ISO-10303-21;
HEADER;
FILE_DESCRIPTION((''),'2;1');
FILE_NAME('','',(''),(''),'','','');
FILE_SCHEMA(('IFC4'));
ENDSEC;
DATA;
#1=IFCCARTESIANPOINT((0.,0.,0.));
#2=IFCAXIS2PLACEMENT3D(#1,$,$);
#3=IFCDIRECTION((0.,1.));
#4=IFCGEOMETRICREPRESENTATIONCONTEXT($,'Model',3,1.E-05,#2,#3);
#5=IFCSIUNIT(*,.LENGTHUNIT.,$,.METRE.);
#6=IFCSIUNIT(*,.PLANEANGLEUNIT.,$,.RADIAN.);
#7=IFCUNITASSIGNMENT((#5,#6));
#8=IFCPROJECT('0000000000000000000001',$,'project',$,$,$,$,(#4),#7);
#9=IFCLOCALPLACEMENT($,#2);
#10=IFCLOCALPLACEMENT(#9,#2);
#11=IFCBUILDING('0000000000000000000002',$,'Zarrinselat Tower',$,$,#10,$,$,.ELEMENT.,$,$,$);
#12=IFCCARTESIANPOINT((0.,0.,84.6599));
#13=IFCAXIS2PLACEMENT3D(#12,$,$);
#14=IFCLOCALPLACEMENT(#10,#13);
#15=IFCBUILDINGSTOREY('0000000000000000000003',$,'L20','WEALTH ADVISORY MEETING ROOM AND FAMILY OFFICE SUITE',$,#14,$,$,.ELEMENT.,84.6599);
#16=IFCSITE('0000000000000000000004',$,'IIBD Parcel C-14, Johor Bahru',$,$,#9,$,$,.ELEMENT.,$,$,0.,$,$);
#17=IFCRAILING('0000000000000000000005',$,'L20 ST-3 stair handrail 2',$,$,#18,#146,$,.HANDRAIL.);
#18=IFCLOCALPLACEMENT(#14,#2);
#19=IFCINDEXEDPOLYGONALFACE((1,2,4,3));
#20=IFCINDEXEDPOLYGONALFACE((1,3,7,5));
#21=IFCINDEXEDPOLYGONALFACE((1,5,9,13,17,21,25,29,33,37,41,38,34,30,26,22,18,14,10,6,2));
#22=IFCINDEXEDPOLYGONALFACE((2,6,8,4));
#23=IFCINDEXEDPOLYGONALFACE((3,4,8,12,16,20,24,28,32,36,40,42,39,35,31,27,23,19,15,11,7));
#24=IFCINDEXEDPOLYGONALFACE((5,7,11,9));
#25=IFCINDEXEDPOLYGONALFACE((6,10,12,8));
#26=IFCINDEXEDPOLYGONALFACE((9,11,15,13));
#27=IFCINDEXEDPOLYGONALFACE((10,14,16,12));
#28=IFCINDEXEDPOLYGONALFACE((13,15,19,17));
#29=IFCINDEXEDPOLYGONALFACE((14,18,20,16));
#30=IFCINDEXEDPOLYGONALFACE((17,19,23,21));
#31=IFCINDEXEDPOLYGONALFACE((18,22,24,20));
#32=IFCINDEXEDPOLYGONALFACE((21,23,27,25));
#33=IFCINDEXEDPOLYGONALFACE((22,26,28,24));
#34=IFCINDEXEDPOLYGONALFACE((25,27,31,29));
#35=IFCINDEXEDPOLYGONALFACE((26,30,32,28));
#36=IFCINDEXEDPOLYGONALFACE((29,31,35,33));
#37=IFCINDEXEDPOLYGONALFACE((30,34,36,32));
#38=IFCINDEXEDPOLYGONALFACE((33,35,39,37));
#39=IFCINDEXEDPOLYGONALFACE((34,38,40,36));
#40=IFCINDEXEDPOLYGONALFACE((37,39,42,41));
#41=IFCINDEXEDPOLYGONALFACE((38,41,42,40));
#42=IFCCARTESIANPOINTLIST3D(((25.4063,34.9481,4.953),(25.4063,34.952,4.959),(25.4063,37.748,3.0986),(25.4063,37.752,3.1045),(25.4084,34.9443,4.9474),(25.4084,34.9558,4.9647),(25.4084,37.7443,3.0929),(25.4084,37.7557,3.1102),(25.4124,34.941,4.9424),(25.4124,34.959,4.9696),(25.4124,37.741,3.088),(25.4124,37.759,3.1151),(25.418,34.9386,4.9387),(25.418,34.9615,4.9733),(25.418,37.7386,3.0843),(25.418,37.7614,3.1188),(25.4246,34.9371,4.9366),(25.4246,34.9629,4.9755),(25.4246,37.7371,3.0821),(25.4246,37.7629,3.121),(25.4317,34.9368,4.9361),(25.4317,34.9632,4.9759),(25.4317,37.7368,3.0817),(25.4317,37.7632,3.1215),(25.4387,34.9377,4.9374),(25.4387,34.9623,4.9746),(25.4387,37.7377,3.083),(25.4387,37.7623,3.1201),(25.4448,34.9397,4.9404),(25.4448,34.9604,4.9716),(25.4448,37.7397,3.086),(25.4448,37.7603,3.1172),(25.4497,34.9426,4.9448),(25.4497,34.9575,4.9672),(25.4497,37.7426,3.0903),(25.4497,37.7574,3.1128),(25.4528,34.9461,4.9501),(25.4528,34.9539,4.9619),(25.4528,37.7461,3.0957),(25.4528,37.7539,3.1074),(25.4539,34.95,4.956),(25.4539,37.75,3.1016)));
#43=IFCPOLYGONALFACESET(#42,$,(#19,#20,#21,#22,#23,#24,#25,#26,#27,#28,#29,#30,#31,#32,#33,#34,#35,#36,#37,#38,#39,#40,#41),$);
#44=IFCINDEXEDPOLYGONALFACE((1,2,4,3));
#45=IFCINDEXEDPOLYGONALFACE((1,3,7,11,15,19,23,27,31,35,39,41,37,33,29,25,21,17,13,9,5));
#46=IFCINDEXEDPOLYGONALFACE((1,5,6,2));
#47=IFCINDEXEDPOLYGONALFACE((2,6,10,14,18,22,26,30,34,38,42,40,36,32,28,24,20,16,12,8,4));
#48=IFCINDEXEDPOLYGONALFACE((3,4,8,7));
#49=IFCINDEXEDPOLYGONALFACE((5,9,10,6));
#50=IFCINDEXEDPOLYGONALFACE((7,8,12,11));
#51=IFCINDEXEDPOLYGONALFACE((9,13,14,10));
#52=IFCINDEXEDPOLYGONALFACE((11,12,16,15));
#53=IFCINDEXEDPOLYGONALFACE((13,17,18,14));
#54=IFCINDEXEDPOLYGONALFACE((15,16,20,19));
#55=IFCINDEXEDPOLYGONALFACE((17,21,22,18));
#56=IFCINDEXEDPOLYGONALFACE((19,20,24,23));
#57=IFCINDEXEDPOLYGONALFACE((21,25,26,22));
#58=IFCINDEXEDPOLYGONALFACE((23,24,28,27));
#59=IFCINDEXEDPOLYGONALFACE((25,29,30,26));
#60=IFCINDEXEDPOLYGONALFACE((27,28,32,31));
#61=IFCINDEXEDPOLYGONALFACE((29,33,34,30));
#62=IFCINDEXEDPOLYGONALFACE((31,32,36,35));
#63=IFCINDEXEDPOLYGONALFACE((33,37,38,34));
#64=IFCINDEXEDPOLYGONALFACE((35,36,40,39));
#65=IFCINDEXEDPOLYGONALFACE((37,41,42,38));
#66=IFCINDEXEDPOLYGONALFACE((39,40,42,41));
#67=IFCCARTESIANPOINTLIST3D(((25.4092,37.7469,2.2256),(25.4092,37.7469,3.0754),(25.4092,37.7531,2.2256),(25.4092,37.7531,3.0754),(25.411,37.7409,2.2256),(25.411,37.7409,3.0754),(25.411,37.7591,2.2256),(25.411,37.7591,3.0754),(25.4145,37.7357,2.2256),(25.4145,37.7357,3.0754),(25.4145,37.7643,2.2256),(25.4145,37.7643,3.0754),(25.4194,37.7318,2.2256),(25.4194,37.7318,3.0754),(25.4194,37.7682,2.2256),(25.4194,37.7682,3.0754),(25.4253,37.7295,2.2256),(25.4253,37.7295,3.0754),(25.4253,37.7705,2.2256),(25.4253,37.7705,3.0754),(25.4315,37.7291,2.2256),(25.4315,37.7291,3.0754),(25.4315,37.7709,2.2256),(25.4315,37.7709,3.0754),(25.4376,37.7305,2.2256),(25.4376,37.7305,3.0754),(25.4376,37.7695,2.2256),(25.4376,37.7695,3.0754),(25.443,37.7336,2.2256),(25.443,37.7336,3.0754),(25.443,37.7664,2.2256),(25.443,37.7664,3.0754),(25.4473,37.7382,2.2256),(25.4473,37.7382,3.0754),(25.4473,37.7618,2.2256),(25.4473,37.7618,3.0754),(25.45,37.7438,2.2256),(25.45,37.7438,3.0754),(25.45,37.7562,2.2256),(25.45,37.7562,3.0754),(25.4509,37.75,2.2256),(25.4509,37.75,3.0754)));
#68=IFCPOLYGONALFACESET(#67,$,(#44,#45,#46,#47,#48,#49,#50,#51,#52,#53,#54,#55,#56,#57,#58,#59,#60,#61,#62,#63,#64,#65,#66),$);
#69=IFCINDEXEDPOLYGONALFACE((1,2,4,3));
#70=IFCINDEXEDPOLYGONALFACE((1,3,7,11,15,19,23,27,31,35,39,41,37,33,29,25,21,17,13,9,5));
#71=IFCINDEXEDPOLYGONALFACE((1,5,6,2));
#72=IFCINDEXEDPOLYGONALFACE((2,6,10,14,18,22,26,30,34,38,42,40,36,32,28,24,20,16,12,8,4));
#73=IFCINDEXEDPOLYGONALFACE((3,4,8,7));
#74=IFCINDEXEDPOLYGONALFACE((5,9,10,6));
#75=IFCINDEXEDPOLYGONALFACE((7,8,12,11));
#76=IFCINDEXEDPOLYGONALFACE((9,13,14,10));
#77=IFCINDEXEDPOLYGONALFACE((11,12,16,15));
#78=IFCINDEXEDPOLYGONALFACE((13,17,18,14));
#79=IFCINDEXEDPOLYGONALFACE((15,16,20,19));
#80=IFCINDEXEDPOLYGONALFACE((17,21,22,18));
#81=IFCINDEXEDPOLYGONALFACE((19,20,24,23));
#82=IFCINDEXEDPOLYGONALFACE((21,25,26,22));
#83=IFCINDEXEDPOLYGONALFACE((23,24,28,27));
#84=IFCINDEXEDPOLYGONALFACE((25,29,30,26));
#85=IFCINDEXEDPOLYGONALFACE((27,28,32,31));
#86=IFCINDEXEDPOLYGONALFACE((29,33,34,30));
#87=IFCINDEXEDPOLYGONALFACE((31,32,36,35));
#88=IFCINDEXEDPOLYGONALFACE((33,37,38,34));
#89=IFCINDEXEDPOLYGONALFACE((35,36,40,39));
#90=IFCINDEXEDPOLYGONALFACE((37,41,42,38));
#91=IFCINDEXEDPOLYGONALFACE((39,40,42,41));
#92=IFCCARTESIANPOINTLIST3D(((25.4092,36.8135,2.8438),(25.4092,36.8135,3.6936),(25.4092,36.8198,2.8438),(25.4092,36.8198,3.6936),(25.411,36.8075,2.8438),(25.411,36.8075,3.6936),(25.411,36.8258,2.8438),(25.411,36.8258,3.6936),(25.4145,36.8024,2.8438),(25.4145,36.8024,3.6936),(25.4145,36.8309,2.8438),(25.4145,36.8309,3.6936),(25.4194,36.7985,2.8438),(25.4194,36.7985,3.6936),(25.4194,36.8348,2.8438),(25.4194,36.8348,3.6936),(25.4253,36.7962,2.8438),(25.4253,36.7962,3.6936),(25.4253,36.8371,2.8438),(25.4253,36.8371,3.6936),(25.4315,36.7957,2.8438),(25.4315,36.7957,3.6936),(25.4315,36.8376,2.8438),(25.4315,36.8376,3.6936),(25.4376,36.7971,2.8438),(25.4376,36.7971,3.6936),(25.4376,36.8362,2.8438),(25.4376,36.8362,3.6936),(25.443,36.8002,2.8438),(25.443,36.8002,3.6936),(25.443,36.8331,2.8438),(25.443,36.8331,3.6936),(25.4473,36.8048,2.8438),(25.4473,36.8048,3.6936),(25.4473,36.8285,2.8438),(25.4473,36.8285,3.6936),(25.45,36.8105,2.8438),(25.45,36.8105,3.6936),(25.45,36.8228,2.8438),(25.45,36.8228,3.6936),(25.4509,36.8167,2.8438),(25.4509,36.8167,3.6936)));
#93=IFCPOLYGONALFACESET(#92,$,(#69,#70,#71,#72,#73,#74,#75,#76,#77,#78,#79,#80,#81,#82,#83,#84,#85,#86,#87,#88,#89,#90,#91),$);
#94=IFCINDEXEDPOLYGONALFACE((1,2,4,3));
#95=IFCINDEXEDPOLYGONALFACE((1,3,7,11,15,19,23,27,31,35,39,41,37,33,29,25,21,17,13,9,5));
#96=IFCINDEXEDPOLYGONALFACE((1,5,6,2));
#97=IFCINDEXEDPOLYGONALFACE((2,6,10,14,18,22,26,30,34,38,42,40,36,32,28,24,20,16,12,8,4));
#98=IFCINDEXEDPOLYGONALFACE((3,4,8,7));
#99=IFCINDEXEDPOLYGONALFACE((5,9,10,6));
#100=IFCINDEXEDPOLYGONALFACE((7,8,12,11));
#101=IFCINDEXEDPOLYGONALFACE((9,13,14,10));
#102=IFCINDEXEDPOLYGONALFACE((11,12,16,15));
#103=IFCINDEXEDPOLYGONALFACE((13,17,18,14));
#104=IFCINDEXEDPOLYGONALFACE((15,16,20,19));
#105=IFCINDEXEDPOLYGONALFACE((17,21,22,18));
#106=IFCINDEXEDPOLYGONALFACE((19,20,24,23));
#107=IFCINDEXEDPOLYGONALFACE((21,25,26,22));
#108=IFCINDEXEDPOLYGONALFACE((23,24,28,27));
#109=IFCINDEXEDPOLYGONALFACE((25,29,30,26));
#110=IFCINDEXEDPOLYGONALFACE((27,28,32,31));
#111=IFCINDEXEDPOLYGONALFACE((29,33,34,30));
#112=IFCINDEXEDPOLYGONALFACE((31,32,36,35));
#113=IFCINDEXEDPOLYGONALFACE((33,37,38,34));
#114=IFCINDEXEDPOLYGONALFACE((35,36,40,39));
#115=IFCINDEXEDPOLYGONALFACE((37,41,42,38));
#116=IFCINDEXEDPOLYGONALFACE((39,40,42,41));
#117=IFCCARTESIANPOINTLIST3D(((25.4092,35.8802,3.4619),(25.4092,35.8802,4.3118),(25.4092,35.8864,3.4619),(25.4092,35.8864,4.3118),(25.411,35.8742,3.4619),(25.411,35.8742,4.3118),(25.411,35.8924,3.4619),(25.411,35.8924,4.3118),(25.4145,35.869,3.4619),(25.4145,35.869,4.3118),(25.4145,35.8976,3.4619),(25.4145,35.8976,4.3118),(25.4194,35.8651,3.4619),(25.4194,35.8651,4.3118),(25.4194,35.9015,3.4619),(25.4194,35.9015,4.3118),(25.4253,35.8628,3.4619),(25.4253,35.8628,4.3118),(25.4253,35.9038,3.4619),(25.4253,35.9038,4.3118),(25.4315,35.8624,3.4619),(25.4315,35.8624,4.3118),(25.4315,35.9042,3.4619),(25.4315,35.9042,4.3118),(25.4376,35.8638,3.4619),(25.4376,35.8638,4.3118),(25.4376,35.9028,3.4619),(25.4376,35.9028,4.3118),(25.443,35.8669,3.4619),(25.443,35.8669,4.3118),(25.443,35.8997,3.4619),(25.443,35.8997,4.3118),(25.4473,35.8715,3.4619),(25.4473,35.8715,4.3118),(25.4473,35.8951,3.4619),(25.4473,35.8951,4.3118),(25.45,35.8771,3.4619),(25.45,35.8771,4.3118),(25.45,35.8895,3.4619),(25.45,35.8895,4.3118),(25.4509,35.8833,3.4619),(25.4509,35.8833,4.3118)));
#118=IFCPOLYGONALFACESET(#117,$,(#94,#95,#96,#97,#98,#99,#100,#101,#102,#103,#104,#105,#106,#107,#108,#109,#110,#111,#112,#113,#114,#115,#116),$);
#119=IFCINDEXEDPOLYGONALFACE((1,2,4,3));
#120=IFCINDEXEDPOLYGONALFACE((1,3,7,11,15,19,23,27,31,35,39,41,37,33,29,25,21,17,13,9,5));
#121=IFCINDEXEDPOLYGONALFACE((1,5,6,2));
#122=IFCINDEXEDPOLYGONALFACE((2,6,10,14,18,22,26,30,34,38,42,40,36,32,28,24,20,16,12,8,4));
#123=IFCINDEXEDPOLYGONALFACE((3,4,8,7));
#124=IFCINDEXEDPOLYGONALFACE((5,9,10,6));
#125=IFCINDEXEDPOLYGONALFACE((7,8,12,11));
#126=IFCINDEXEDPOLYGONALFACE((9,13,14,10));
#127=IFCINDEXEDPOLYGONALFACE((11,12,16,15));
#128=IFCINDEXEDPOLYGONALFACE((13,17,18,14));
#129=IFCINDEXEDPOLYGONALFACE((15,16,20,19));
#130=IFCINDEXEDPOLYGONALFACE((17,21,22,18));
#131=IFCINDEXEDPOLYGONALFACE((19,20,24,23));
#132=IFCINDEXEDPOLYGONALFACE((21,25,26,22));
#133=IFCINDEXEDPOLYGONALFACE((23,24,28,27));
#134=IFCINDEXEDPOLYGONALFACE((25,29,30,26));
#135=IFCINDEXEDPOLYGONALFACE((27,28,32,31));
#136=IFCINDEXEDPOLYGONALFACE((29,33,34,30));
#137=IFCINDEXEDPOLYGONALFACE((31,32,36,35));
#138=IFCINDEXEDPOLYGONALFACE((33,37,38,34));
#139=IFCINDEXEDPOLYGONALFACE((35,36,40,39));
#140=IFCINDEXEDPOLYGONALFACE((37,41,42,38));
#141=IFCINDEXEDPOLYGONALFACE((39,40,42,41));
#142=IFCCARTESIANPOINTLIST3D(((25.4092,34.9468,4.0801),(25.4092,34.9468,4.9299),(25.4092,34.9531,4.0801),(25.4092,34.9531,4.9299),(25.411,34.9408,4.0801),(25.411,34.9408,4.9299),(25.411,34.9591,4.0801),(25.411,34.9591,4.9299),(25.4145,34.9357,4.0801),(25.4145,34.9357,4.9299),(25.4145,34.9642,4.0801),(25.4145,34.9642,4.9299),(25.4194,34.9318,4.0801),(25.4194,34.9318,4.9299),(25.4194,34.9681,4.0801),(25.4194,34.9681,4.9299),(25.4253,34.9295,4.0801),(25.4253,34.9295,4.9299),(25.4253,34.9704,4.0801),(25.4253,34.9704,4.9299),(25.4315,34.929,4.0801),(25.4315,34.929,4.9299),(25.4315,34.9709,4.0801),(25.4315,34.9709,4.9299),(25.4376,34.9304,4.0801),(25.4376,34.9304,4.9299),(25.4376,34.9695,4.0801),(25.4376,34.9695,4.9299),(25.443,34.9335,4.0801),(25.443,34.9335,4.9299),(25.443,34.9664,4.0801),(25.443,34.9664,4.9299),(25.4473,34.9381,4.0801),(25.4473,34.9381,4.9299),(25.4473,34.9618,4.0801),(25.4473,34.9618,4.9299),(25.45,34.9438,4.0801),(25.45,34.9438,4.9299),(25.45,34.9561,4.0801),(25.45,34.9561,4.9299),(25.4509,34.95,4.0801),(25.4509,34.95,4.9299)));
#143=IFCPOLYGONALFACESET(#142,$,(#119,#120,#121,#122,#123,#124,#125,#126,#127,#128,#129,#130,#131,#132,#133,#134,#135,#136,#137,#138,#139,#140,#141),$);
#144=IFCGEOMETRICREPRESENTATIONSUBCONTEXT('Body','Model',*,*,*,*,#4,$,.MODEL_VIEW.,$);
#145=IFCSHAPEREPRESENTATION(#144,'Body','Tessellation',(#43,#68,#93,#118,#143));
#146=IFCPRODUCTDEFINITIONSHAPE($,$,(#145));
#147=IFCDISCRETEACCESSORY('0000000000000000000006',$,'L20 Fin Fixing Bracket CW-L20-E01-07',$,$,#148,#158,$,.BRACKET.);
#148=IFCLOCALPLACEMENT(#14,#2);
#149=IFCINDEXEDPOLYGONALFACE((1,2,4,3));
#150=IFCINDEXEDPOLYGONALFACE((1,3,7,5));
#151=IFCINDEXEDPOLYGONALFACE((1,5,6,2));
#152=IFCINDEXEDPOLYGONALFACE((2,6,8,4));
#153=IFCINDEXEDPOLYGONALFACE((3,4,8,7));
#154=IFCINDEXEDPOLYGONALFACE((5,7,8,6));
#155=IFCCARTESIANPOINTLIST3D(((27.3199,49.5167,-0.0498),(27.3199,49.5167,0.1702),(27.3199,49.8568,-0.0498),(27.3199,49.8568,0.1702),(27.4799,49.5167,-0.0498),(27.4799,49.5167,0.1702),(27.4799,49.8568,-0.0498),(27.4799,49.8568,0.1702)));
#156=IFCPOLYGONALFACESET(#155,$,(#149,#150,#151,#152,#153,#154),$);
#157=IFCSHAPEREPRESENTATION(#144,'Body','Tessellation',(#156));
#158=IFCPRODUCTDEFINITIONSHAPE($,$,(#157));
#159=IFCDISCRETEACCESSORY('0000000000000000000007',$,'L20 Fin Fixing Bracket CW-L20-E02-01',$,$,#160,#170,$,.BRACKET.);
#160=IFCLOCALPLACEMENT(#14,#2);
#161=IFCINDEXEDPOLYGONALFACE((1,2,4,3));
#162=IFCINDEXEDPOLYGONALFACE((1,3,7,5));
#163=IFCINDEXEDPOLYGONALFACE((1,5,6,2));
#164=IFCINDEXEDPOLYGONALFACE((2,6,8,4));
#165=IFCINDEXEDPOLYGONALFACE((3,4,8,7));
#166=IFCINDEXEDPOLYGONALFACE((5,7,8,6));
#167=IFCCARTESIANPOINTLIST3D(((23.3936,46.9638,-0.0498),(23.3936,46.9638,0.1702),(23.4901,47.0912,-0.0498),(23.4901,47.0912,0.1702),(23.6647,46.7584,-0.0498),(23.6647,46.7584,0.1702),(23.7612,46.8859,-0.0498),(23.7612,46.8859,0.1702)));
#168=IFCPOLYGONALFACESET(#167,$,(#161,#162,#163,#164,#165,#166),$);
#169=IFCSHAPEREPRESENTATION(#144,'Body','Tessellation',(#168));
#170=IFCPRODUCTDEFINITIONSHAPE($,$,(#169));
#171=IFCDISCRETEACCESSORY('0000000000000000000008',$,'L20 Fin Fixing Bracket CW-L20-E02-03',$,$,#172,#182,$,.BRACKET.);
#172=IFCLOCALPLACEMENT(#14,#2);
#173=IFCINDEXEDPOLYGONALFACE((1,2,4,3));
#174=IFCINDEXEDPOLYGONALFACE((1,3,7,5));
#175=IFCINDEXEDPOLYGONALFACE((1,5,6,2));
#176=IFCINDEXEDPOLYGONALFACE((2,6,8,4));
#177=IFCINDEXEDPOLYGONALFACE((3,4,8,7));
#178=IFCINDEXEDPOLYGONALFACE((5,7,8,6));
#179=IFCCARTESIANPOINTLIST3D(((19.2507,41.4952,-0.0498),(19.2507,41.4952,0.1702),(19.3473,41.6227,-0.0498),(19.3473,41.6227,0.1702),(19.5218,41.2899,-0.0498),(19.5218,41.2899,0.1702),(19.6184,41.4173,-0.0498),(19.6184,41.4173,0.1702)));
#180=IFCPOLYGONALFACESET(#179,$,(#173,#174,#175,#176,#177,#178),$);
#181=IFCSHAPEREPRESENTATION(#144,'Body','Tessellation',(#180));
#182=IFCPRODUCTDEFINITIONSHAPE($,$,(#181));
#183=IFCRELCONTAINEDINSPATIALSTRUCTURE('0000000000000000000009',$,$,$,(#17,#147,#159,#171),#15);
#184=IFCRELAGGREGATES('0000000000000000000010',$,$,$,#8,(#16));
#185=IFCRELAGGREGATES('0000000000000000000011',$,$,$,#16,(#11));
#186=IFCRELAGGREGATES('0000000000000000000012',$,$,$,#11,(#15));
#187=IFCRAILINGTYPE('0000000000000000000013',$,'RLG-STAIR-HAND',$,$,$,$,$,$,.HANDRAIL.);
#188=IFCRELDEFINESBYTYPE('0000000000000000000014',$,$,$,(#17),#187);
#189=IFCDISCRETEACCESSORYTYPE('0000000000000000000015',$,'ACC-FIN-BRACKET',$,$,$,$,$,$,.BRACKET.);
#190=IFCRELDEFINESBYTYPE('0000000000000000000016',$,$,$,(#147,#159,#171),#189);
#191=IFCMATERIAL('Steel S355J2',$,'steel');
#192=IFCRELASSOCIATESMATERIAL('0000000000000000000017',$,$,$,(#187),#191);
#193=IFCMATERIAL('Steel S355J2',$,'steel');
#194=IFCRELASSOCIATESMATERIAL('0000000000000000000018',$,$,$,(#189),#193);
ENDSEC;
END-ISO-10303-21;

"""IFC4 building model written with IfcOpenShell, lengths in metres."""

from ifc_helpers import new_model, si_unit, direction, frame, origin, origin_2d, place, context, subcontext, project, spatial, rectangle, circle, extrude, material, type_object, element, save


model = new_model("IFC4")

# Units and contexts
model_context = context("Model", 3, precision=1e-05, world=origin(), true_north=direction((0.0, 1.0)))
body_context = subcontext(model_context, "Body", "Model", "MODEL_VIEW")
ifc_project = project(units=[si_unit("LENGTHUNIT", "METRE"), si_unit("PLANEANGLEUNIT", "RADIAN")], contexts=[model_context])

# Site, building, storey
site_placement = place(None, origin())
site = spatial("IfcSite", under=ifc_project, at=site_placement, Name="IIBD Parcel C-14, Johor Bahru", CompositionType="ELEMENT", RefElevation=0.0)
building_placement = place(site_placement, origin())
building = spatial("IfcBuilding", under=site, at=building_placement, Name="Zarrinselat Tower", CompositionType="ELEMENT")
storey_placement = place(building_placement, frame((0.0, 0.0, 84.6599)))
storey = spatial("IfcBuildingStorey", under=building, at=storey_placement, Name="L20", Description="WEALTH ADVISORY MEETING ROOM AND FAMILY OFFICE SUITE", CompositionType="ELEMENT", Elevation=84.6599)

# Railing
ifc_material_1 = material(Name="Steel S355J2", Category="steel")
railing_type_1 = type_object("IfcRailingType", Name="RLG-STAIR-HAND", PredefinedType="HANDRAIL", material=ifc_material_1)
railing_1_placement = place(storey_placement, frame((25.4299, 37.75, 2.2256)))
element("IfcRailing", 1, at=railing_1_placement, inside=storey, type_object=railing_type_1, Name="L20 ST-3 stair handrail 2", PredefinedType="HANDRAIL", context=body_context, shape_type="SweptSolid", body=[
    extrude(circle(Radius=0.0239, at=origin_2d()), frame((0.0, 0.0, 0.876), z_axis=(0.0, -0.833724, 0.552181), x_axis=(1.0, 0.0, 0.0)), (0.0, 0.0, 1.0), 3.3584),
    extrude(circle(Radius=0.021, at=origin_2d()), origin(), (0.0, 0.0, 1.0), 0.8499),
    extrude(circle(Radius=0.021, at=origin_2d()), frame((0.0, -0.9333, 0.6182)), (0.0, 0.0, 1.0), 0.8499),
    extrude(circle(Radius=0.021, at=origin_2d()), frame((0.0, -1.8667, 1.2363)), (0.0, 0.0, 1.0), 0.8499),
    extrude(circle(Radius=0.021, at=origin_2d()), frame((0.0, -2.8, 1.8545)), (0.0, 0.0, 1.0), 0.8499),
])

# Discrete accessories
ifc_material_2 = material(Name="Steel S355J2", Category="steel")
discrete_accessory_type = type_object("IfcDiscreteAccessoryType", Name="ACC-FIN-BRACKET", PredefinedType="BRACKET", material=ifc_material_2)
for number, where, z_axis, x_axis, name in (
    (2, (27.3999, 49.6868, -0.0498), (0.0, 0.0, 1.0), (0.0, 1.0, 0.0), "L20 Fin Fixing Bracket CW-L20-E01-07"),
    (3, (23.5774, 46.9248, -0.0498), (0.0, 0.0, 1.0), (-0.797093, 0.603857, 0.0), "L20 Fin Fixing Bracket CW-L20-E02-01"),
    (4, (19.4346, 41.4563, -0.0498), (0.0, 0.0, 1.0), (-0.797093, 0.603857, 0.0), "L20 Fin Fixing Bracket CW-L20-E02-03"),
):
    element("IfcDiscreteAccessory", number, at=place(storey_placement, frame(where, z_axis=z_axis, x_axis=x_axis)), inside=storey, type_object=discrete_accessory_type, Name=name, PredefinedType="BRACKET", context=body_context, shape_type="SweptSolid", body=[
        extrude(rectangle(XDim=0.3401, YDim=0.1599, at=origin_2d()), origin(), (0.0, 0.0, 1.0), 0.22),
    ])

save(model, "model.ifc")
